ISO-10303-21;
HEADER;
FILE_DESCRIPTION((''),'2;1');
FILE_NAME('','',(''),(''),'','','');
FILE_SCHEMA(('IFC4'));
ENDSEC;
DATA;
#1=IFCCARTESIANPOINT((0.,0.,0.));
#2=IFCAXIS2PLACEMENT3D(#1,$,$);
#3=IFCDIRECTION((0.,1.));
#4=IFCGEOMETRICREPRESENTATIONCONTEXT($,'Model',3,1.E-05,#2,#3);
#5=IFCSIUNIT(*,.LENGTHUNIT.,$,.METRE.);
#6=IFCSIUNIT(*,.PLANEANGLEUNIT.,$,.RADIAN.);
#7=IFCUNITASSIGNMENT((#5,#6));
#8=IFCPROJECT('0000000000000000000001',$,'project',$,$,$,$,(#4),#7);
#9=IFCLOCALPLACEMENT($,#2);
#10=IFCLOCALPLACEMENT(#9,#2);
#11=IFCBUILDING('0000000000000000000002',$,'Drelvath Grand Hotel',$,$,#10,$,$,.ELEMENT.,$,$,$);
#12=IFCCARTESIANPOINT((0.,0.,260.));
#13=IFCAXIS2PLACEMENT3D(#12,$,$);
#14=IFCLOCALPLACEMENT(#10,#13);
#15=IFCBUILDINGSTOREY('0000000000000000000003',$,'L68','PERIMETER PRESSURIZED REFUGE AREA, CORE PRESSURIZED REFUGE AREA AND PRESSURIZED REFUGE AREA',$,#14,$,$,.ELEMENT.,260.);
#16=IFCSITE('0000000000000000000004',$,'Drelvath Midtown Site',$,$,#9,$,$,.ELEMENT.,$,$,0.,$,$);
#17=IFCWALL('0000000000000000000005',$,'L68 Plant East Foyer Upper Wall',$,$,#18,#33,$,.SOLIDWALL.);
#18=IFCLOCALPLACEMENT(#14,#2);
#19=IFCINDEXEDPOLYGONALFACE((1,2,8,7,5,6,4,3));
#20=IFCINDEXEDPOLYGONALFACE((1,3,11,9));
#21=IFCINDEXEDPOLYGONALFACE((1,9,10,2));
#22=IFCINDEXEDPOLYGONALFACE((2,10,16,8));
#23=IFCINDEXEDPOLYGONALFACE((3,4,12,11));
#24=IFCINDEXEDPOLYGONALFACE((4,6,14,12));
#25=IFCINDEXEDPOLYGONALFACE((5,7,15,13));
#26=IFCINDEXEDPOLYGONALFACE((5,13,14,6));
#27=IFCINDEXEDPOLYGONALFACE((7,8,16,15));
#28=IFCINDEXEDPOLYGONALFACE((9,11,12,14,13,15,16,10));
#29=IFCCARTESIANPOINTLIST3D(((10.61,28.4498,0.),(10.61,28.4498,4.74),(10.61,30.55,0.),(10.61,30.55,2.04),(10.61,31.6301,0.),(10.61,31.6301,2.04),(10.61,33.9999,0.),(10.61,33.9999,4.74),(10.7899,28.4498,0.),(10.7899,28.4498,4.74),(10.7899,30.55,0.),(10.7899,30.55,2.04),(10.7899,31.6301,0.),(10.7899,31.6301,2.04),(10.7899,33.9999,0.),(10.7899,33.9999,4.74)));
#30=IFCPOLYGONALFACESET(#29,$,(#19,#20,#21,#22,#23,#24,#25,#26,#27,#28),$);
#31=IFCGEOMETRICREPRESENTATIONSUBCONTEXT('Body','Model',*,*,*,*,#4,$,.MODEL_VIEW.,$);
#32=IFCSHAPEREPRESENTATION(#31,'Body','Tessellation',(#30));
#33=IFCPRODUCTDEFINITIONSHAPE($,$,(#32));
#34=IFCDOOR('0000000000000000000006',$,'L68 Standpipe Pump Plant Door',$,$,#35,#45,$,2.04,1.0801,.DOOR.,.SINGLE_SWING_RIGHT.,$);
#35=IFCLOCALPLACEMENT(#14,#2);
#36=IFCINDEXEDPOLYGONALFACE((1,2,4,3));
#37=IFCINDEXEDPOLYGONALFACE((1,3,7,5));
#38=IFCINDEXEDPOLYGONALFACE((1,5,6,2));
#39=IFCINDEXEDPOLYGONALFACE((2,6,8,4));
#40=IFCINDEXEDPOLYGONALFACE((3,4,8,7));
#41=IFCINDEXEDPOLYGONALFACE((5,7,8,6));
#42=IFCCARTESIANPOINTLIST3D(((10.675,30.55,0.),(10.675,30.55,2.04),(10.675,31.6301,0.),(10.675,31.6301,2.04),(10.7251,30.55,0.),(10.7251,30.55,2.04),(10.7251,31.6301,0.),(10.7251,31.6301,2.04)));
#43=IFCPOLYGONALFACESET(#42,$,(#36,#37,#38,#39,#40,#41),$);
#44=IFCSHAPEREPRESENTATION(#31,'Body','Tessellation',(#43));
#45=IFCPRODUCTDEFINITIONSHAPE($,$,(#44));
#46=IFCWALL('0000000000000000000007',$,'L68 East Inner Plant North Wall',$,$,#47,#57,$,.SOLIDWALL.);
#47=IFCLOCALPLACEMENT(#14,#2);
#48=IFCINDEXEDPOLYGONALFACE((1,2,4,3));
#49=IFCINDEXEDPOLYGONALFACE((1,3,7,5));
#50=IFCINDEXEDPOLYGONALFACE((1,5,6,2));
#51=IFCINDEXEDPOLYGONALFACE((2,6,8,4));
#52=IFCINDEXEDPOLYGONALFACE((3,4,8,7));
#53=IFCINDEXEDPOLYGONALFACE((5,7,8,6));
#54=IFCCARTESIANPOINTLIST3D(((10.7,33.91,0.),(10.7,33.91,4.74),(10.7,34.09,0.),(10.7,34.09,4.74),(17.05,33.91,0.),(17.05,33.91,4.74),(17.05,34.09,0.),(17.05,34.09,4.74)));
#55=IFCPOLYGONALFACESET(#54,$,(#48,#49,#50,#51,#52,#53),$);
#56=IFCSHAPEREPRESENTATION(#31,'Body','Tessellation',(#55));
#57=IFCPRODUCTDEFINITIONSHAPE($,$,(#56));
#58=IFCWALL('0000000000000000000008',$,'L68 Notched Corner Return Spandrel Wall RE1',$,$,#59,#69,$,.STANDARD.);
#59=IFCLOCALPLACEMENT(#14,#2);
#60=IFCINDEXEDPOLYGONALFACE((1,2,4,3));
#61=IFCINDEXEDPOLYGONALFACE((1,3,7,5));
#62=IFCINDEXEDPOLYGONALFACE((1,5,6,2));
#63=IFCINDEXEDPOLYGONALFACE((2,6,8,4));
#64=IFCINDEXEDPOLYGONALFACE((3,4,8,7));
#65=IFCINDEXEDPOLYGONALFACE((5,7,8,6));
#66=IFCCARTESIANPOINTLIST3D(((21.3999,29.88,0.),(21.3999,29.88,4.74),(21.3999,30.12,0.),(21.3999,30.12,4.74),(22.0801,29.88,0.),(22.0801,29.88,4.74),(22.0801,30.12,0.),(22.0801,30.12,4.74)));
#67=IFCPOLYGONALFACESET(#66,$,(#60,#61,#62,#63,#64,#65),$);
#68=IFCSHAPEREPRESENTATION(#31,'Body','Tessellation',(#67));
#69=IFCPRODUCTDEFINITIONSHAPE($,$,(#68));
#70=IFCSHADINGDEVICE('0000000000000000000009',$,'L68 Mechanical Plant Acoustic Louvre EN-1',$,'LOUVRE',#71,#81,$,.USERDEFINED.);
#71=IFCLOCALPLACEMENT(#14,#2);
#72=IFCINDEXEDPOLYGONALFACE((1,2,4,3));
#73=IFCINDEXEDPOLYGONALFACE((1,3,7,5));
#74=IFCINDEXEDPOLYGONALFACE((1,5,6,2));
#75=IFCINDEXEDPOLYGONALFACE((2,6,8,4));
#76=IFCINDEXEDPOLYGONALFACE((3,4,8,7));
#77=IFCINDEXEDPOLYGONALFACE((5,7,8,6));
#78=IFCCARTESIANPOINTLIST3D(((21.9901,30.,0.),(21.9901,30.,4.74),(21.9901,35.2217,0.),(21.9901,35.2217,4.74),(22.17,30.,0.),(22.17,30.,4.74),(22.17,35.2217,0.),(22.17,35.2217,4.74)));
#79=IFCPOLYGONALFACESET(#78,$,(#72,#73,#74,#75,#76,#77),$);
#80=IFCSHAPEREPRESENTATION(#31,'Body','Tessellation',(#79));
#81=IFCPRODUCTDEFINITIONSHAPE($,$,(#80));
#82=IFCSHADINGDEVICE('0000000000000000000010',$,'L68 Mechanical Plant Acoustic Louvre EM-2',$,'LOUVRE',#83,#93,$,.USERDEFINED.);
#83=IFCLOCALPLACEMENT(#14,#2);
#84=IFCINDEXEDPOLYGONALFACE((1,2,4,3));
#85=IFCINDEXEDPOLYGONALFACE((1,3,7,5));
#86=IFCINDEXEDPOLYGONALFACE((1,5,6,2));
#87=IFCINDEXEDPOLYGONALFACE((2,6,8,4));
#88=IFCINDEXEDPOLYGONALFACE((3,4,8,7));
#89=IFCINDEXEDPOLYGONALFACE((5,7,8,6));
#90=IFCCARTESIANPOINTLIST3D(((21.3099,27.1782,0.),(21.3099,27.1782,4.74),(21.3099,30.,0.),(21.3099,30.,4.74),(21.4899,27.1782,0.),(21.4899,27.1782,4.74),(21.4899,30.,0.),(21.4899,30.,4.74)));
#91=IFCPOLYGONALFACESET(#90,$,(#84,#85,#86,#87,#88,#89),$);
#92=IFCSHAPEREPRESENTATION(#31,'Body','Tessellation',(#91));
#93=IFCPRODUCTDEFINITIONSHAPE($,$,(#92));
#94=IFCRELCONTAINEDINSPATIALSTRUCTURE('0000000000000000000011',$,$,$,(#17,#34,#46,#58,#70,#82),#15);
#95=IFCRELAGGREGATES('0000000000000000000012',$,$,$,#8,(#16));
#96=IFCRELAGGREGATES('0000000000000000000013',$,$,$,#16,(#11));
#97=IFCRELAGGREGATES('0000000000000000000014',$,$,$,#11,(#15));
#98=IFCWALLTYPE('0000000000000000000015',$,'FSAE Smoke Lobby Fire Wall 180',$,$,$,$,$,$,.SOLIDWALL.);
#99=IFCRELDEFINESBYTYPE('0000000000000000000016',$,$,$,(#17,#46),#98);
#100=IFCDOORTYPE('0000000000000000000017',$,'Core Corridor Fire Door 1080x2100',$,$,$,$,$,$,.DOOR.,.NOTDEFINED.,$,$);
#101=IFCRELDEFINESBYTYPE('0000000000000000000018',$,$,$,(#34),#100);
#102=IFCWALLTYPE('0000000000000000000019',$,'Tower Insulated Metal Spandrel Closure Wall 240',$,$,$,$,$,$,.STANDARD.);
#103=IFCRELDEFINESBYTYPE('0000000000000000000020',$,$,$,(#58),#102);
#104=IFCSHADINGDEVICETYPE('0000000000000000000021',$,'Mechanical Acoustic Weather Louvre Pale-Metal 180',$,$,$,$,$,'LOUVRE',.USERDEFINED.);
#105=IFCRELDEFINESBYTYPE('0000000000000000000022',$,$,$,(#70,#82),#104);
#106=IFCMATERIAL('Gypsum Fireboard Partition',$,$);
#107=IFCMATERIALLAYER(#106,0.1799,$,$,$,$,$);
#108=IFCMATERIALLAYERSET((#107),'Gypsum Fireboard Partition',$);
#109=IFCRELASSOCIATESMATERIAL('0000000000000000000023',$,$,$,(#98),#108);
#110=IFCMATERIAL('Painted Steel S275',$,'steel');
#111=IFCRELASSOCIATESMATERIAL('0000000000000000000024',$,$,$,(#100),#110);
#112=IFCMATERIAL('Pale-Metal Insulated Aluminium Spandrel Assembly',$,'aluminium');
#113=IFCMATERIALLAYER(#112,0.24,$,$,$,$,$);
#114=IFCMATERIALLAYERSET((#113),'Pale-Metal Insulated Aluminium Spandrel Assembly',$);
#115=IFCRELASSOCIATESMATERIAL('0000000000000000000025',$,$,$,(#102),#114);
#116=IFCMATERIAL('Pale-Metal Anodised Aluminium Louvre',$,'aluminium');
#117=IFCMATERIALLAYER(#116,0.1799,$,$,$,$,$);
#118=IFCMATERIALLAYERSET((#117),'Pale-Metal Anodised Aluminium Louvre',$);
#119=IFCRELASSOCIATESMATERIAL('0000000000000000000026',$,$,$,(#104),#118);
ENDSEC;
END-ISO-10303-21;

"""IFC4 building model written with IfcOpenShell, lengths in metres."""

from ifc_helpers import new_model, si_unit, direction, frame, frame_2d, origin, origin_2d, place, context, subcontext, project, spatial, rectangle, extrude, material, layer, layer_set, type_object, element, fill, save


model = new_model("IFC4")

# Units and contexts
model_context = context("Model", 3, precision=1e-05, world=origin(), true_north=direction((0.0, 1.0)))
body_context = subcontext(model_context, "Body", "Model", "MODEL_VIEW")
ifc_project = project(units=[si_unit("LENGTHUNIT", "METRE"), si_unit("PLANEANGLEUNIT", "RADIAN")], contexts=[model_context])

# Site, building, storey
site_placement = place(None, origin())
site = spatial("IfcSite", under=ifc_project, at=site_placement, Name="Drelvath Midtown Site", CompositionType="ELEMENT", RefElevation=0.0)
building_placement = place(site_placement, origin())
building = spatial("IfcBuilding", under=site, at=building_placement, Name="Drelvath Grand Hotel", CompositionType="ELEMENT")
storey_placement = place(building_placement, frame((0.0, 0.0, 260.0)))
storey = spatial("IfcBuildingStorey", under=building, at=storey_placement, Name="L68", Description="PERIMETER PRESSURIZED REFUGE AREA, CORE PRESSURIZED REFUGE AREA AND PRESSURIZED REFUGE AREA", CompositionType="ELEMENT", Elevation=260.0)

# Shared definitions
ifc_material_1 = material(Name="Gypsum Fireboard Partition")
ifc_layer_1 = layer(ifc_material_1, 0.1799)
ifc_layer_set_1 = layer_set([ifc_layer_1], Name="Gypsum Fireboard Partition")
wall_type_1 = type_object("IfcWallType", Name="FSAE Smoke Lobby Fire Wall 180", PredefinedType="SOLIDWALL", material=ifc_layer_set_1)

# Wall, opening, door
wall_1_placement = place(storey_placement, frame((10.7, 28.45, 0.0), z_axis=(0.0, 0.0, 1.0), x_axis=(0.0, 1.0, 0.0)))
wall_1 = element("IfcWall", 1, at=wall_1_placement, inside=storey, type_object=wall_type_1, Name="L68 Plant East Foyer Upper Wall", PredefinedType="SOLIDWALL", context=body_context, shape_type="SweptSolid", body=[
    extrude(rectangle(XDim=5.55, YDim=0.1799, at=frame_2d((2.7749, 0.0))), origin(), (0.0, 0.0, 1.0), 4.74),
])
opening_placement = place(wall_1_placement, frame((2.1001, 0.0, 0.0)))
opening = element("IfcOpeningElement", 2, at=opening_placement, cuts=wall_1, PredefinedType="OPENING", context=body_context, shape_type="SweptSolid", body=[
    extrude(rectangle(XDim=1.0801, YDim=2.04, at=frame_2d((0.54, 1.02))), frame((0.0, 0.0999, 0.0), z_axis=(0.0, -1.0, 0.0), x_axis=(1.0, 0.0, 0.0)), (0.0, 0.0, 1.0), 0.2),
])
ifc_material_2 = material(Name="Painted Steel S275", Category="steel")
door_type = type_object("IfcDoorType", Name="Core Corridor Fire Door 1080x2100", OperationType="NOTDEFINED", PredefinedType="DOOR", material=ifc_material_2)
door_placement = place(opening_placement, origin())
door = element("IfcDoor", 3, at=door_placement, inside=storey, type_object=door_type, Name="L68 Standpipe Pump Plant Door", OperationType="SINGLE_SWING_RIGHT", OverallHeight=2.04, OverallWidth=1.0801, PredefinedType="DOOR", context=body_context, shape_type="SweptSolid", body=[
    extrude(rectangle(XDim=1.0801, YDim=2.04, at=frame_2d((0.54, 1.02))), frame((0.0, 0.0249, 0.0), z_axis=(0.0, -1.0, 0.0), x_axis=(1.0, 0.0, 0.0)), (0.0, 0.0, 1.0), 0.05),
])
fill(opening, door)

# Walls
wall_2_placement = place(storey_placement, frame((10.7, 34.0, 0.0), z_axis=(0.0, 0.0, 1.0), x_axis=(1.0, 0.0, 0.0)))
element("IfcWall", 4, at=wall_2_placement, inside=storey, type_object=wall_type_1, Name="L68 East Inner Plant North Wall", PredefinedType="SOLIDWALL", context=body_context, shape_type="SweptSolid", body=[
    extrude(rectangle(XDim=6.3501, YDim=0.1799, at=frame_2d((3.175, 0.0))), origin(), (0.0, 0.0, 1.0), 4.74),
])
ifc_material_3 = material(Name="Pale-Metal Insulated Aluminium Spandrel Assembly", Category="aluminium")
ifc_layer_2 = layer(ifc_material_3, 0.24)
ifc_layer_set_2 = layer_set([ifc_layer_2], Name="Pale-Metal Insulated Aluminium Spandrel Assembly")
wall_type_2 = type_object("IfcWallType", Name="Tower Insulated Metal Spandrel Closure Wall 240", PredefinedType="STANDARD", material=ifc_layer_set_2)
wall_3_placement = place(storey_placement, frame((22.0801, 30.0, 0.0), z_axis=(0.0, 0.0, 1.0), x_axis=(-1.0, 0.0, 0.0)))
element("IfcWall", 5, at=wall_3_placement, inside=storey, type_object=wall_type_2, Name="L68 Notched Corner Return Spandrel Wall RE1", PredefinedType="STANDARD", context=body_context, shape_type="SweptSolid", body=[
    extrude(rectangle(XDim=0.6802, YDim=0.24, at=frame_2d((0.3401, 0.0))), origin(), (0.0, 0.0, 1.0), 4.74),
])

# Shading devices
ifc_material_4 = material(Name="Pale-Metal Anodised Aluminium Louvre", Category="aluminium")
ifc_layer_3 = layer(ifc_material_4, 0.1799)
ifc_layer_set_3 = layer_set([ifc_layer_3], Name="Pale-Metal Anodised Aluminium Louvre")
shading_device_type = type_object("IfcShadingDeviceType", Name="Mechanical Acoustic Weather Louvre Pale-Metal 180", ElementType="LOUVRE", PredefinedType="USERDEFINED", material=ifc_layer_set_3)
shading_device_1_placement = place(storey_placement, frame((22.0801, 32.6108, 0.0), z_axis=(0.0, 0.0, 1.0), x_axis=(0.0, 1.0, 0.0)))
element("IfcShadingDevice", 6, at=shading_device_1_placement, inside=storey, type_object=shading_device_type, Name="L68 Mechanical Plant Acoustic Louvre EN-1", ObjectType="LOUVRE", PredefinedType="USERDEFINED", context=body_context, shape_type="SweptSolid", body=[
    extrude(rectangle(XDim=5.2217, YDim=0.1799, at=origin_2d()), origin(), (0.0, 0.0, 1.0), 4.74),
])
shading_device_2_placement = place(storey_placement, frame((21.3999, 28.5891, 0.0), z_axis=(0.0, 0.0, 1.0), x_axis=(0.0, 1.0, 0.0)))
element("IfcShadingDevice", 7, at=shading_device_2_placement, inside=storey, type_object=shading_device_type, Name="L68 Mechanical Plant Acoustic Louvre EM-2", ObjectType="LOUVRE", PredefinedType="USERDEFINED", context=body_context, shape_type="SweptSolid", body=[
    extrude(rectangle(XDim=2.8218, YDim=0.1799, at=origin_2d()), origin(), (0.0, 0.0, 1.0), 4.74),
])

save(model, "model.ifc")
